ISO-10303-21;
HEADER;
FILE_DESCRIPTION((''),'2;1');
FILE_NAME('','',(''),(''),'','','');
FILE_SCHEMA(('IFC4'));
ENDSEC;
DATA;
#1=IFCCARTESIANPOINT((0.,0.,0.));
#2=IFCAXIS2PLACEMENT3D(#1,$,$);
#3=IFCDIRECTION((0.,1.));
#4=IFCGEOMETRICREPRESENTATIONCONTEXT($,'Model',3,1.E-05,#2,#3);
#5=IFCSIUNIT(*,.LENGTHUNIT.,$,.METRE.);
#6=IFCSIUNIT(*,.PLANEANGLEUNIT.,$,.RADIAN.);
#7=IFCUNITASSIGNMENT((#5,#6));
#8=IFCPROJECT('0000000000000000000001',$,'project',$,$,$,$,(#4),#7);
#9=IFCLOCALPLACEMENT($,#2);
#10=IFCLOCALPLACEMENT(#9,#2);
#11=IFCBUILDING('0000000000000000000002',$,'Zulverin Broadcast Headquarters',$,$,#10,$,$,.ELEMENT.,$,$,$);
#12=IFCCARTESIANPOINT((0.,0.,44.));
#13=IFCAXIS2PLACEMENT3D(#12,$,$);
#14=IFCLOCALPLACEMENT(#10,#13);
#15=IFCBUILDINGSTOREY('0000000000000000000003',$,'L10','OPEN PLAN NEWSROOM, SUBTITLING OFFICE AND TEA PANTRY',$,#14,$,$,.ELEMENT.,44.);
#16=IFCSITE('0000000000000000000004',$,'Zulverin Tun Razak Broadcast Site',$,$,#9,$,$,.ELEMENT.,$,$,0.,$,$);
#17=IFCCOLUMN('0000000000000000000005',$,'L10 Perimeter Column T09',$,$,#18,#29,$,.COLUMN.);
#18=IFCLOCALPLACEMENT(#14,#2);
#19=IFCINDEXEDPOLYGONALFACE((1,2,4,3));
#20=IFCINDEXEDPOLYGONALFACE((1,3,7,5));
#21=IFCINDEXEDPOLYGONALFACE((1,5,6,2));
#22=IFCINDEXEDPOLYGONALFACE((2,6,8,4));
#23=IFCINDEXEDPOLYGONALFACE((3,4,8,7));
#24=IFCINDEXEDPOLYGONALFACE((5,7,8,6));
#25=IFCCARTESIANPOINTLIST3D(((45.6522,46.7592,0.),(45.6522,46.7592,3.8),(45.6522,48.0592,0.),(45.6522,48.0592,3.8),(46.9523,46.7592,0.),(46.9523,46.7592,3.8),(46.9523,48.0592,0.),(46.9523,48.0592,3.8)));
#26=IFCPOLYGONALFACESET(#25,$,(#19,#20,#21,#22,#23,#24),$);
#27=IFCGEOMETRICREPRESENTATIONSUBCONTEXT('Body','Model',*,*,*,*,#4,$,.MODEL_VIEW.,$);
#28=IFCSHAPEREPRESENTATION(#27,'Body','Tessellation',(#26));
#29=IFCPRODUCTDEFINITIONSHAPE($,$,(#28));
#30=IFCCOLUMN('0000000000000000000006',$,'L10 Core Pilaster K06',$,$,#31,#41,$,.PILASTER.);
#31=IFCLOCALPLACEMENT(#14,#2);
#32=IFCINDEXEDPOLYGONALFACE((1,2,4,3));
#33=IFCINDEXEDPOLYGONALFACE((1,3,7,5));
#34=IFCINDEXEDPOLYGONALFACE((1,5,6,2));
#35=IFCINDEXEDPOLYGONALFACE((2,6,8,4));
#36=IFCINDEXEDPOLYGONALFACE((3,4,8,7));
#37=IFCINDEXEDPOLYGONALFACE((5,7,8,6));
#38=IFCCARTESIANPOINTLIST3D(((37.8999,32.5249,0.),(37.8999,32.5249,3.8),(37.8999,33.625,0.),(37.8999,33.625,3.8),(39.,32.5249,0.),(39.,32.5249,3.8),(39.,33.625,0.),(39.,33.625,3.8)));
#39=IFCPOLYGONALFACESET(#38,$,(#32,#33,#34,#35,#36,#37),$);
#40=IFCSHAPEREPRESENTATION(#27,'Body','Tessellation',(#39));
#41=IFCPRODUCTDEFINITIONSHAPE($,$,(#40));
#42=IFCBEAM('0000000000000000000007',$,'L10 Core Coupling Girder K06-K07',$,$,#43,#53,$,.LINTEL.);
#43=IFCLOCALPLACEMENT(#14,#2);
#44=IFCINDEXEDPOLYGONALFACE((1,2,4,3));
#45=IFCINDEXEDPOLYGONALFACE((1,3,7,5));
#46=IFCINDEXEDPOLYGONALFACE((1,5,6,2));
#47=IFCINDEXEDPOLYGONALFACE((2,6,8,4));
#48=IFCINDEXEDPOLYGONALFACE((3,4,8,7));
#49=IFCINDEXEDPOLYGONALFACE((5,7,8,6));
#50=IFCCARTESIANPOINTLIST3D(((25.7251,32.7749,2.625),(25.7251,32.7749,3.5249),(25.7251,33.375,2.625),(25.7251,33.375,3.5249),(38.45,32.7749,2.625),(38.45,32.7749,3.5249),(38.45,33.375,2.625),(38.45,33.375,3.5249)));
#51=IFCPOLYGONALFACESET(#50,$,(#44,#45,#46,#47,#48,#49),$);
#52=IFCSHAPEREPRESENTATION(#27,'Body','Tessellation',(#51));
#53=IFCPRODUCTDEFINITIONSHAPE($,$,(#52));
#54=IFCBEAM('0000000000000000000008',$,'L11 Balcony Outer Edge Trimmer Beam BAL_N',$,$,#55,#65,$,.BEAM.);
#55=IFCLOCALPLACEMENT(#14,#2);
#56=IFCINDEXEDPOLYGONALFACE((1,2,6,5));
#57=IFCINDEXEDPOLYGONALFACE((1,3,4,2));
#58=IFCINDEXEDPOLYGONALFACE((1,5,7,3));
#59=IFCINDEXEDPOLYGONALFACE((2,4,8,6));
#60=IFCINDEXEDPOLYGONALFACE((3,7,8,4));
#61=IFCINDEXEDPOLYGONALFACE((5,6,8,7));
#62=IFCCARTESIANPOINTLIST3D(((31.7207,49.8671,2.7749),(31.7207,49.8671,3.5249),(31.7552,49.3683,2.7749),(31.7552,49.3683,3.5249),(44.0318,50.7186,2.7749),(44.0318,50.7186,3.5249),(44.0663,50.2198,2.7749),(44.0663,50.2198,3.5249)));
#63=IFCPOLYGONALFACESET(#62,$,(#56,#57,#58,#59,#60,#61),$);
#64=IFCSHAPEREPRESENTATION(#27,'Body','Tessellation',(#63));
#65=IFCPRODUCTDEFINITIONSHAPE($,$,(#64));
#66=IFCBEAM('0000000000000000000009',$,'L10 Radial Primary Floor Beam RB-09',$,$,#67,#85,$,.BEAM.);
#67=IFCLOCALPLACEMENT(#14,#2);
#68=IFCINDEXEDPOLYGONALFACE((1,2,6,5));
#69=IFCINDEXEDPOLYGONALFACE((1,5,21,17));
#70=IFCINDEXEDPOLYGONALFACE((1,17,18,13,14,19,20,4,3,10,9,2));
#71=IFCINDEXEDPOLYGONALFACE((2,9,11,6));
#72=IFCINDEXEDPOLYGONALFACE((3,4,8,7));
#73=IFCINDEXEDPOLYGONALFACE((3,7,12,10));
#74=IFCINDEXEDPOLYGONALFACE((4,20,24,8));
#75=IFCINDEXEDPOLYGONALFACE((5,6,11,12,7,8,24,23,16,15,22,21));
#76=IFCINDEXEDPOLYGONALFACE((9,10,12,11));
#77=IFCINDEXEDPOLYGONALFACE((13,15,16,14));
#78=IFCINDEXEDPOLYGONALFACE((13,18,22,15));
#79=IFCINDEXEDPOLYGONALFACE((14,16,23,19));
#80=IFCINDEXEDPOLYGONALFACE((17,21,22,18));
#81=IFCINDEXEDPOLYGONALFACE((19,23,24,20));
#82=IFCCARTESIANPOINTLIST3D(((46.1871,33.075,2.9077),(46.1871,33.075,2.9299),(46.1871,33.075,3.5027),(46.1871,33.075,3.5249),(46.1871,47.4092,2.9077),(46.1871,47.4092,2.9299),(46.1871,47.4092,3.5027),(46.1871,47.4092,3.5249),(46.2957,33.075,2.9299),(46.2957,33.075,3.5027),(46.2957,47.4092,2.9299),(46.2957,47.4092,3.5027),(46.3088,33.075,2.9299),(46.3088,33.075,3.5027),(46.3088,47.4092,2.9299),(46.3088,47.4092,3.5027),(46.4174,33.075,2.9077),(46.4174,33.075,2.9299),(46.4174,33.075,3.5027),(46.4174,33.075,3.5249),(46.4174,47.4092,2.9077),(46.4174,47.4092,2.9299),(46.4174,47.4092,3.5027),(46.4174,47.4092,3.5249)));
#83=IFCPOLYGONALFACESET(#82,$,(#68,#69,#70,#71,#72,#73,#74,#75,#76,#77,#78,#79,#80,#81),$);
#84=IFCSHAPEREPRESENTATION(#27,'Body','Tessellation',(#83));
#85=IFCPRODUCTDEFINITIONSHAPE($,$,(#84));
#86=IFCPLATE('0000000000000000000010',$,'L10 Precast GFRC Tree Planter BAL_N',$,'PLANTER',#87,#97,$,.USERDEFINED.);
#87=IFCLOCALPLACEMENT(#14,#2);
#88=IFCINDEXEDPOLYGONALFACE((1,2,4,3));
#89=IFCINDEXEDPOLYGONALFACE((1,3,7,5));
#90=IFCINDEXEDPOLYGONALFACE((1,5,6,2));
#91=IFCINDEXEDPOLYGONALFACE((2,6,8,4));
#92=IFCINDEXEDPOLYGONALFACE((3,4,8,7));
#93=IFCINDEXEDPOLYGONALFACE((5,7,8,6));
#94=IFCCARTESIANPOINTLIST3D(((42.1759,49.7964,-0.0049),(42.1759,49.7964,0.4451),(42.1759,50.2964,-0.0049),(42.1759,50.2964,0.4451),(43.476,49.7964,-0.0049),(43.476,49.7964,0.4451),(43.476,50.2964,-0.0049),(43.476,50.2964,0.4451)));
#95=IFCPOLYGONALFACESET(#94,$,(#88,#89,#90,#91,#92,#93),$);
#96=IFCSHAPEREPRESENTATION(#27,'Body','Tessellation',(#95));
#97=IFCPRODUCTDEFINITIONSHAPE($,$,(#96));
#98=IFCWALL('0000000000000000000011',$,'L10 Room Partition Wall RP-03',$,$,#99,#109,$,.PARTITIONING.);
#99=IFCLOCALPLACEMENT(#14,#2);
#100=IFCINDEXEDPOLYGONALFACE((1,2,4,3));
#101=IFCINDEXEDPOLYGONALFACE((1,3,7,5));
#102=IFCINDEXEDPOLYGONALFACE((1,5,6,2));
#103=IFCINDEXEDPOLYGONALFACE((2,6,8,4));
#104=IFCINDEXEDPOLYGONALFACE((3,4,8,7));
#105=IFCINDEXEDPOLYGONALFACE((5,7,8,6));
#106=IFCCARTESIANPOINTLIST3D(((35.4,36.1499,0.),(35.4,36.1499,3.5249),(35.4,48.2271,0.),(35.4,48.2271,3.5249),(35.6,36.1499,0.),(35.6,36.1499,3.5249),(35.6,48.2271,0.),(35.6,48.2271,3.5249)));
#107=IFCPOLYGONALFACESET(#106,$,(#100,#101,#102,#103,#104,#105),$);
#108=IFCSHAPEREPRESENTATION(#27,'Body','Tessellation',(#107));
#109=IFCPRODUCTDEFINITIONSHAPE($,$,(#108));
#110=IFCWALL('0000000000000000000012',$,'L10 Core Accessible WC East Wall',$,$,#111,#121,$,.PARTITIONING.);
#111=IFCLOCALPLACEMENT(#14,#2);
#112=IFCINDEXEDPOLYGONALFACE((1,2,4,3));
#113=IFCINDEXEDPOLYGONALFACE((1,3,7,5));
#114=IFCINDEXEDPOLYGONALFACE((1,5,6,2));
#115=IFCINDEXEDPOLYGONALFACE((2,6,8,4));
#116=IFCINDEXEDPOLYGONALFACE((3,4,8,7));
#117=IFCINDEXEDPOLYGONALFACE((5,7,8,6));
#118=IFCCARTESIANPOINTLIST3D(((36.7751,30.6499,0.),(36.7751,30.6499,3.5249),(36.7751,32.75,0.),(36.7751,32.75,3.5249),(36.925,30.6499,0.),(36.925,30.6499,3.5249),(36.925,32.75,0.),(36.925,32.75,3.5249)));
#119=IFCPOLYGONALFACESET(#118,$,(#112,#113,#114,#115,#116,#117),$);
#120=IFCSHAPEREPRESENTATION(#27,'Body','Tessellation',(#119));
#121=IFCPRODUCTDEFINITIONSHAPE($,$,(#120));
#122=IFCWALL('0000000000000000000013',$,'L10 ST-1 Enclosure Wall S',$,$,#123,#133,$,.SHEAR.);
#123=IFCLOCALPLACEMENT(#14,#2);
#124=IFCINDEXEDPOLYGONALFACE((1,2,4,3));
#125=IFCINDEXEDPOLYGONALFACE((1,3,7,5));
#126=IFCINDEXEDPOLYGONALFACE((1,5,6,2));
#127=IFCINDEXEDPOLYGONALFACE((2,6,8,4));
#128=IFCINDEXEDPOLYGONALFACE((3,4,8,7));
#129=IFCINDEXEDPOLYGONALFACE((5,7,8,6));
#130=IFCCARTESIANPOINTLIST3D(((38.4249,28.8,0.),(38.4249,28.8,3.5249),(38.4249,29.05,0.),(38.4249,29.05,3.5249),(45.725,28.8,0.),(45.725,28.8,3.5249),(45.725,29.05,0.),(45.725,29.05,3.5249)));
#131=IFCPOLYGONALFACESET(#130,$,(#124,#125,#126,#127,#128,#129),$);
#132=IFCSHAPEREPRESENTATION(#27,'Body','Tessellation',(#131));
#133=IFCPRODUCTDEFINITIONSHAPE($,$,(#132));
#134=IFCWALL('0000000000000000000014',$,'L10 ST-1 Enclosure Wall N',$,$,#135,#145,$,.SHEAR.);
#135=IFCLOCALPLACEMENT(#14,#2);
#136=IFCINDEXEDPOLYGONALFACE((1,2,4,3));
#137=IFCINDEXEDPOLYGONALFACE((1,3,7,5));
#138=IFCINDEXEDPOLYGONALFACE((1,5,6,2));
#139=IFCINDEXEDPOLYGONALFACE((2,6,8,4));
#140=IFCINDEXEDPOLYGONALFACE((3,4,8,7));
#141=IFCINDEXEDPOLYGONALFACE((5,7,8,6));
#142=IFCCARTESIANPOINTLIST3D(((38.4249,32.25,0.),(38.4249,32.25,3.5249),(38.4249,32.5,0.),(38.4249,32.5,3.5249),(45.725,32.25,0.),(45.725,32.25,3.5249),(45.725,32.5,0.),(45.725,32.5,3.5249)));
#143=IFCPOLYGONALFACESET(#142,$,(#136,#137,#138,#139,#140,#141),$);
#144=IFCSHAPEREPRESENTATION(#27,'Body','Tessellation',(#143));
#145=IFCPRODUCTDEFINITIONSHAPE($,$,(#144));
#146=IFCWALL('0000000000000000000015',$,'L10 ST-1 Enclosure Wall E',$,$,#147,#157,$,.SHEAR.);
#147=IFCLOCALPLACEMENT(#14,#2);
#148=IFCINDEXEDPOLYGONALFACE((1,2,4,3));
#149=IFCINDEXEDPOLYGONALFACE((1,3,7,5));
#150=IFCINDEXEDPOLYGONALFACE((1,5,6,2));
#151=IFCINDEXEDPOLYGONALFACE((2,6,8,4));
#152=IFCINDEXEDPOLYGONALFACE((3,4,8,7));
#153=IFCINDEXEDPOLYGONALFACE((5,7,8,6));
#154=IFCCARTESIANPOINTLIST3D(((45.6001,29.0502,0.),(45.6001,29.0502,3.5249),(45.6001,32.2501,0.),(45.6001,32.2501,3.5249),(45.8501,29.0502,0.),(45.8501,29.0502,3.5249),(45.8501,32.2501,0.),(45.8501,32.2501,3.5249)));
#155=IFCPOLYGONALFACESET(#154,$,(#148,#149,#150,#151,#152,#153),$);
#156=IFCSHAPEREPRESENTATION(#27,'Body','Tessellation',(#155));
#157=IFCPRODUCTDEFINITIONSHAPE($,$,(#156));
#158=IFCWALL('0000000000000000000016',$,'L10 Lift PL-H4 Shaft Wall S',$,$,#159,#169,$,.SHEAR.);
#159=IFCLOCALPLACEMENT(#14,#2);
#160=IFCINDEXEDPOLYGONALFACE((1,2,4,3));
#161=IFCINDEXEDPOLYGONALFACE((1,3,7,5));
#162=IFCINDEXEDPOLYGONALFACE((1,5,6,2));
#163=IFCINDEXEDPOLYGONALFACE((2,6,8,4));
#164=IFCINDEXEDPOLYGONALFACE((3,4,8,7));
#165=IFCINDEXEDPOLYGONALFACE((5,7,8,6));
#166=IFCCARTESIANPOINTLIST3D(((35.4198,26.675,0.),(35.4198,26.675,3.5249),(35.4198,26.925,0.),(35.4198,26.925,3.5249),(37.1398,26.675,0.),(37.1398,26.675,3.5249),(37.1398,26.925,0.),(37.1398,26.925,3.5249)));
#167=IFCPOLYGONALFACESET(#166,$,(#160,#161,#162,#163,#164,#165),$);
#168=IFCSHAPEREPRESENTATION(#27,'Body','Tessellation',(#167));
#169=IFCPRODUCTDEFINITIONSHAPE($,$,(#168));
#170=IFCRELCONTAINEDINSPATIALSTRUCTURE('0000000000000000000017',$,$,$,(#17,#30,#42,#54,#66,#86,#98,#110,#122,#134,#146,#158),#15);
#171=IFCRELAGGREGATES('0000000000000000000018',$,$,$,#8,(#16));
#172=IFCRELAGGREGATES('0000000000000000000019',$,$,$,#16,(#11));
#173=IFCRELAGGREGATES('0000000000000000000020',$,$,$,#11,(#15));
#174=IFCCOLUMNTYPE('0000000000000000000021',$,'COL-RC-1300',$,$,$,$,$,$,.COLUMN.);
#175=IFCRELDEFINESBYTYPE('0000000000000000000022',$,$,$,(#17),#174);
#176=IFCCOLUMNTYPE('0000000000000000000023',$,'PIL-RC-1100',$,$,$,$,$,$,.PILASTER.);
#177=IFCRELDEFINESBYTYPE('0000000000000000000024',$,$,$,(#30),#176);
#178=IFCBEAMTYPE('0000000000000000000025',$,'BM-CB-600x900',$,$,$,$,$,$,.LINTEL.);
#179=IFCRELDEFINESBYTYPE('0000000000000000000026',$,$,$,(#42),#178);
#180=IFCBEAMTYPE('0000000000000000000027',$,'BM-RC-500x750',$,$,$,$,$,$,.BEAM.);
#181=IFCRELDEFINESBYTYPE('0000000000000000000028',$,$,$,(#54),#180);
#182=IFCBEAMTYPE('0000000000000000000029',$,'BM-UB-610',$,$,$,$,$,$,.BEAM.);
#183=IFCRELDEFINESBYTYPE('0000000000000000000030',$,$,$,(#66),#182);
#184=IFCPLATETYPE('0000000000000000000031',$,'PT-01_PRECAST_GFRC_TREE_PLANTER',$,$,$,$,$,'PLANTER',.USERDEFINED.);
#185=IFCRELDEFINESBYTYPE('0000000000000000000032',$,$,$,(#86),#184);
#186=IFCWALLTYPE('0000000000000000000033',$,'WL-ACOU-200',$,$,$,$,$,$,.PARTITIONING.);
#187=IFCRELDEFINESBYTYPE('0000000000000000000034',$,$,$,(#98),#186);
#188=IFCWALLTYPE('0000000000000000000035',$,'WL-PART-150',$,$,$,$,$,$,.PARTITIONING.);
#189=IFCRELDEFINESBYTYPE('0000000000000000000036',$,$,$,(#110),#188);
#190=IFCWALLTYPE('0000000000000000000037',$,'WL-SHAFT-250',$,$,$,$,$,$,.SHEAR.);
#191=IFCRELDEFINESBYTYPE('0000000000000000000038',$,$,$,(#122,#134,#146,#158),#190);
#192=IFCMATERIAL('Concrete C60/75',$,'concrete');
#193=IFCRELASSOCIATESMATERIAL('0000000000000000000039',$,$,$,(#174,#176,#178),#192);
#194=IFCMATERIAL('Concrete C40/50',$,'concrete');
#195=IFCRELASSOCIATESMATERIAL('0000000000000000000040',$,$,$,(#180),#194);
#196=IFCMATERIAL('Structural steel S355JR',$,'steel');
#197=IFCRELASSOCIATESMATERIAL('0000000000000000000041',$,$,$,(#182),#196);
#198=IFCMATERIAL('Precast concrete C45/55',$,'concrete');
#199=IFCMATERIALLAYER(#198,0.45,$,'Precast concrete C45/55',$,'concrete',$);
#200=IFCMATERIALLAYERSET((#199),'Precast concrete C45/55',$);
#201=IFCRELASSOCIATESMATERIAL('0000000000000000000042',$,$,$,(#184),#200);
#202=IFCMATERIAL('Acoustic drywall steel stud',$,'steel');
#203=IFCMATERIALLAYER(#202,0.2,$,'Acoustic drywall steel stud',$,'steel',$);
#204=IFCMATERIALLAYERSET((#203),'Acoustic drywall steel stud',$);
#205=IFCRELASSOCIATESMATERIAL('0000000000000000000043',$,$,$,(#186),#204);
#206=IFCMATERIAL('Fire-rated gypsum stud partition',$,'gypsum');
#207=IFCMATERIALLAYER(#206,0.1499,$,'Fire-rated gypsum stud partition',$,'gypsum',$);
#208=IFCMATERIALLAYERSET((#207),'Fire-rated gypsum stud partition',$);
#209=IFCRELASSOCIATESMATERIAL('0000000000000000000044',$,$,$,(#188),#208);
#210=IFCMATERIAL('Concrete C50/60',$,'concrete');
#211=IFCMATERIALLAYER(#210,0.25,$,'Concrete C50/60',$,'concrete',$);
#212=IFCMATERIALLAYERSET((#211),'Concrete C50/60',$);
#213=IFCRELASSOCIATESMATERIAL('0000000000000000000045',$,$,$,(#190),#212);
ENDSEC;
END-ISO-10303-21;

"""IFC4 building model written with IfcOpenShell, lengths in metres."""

from ifc_helpers import new_model, si_unit, direction, frame, frame_2d, origin, origin_2d, place, context, subcontext, project, spatial, rectangle, i_section, extrude, material, layer, layer_set, material_profile, profile_set, type_object, element, save


model = new_model("IFC4")

# Units and contexts
model_context = context("Model", 3, precision=1e-05, world=origin(), true_north=direction((0.0, 1.0)))
body_context = subcontext(model_context, "Body", "Model", "MODEL_VIEW")
ifc_project = project(units=[si_unit("LENGTHUNIT", "METRE"), si_unit("PLANEANGLEUNIT", "RADIAN")], contexts=[model_context])

# Site, building, storey
site_placement = place(None, origin())
site = spatial("IfcSite", under=ifc_project, at=site_placement, Name="Zulverin Tun Razak Broadcast Site", CompositionType="ELEMENT", RefElevation=0.0)
building_placement = place(site_placement, origin())
building = spatial("IfcBuilding", under=site, at=building_placement, Name="Zulverin Broadcast Headquarters", CompositionType="ELEMENT")
storey_placement = place(building_placement, frame((0.0, 0.0, 44.0)))
storey = spatial("IfcBuildingStorey", under=building, at=storey_placement, Name="L10", Description="OPEN PLAN NEWSROOM, SUBTITLING OFFICE AND TEA PANTRY", CompositionType="ELEMENT", Elevation=44.0)

# Columns
ifc_material_1 = material(Name="Concrete C60/75", Category="concrete")
ifc_material_profile_1 = material_profile(ifc_material_1, rectangle(XDim=1.3, YDim=1.3, at=origin_2d()), Name="Concrete C60/75", Category="concrete")
ifc_profile_set_1 = profile_set([ifc_material_profile_1], Name="Concrete C60/75")
column_type_1 = type_object("IfcColumnType", Name="COL-RC-1300", PredefinedType="COLUMN", material=ifc_profile_set_1)
column_1_placement = place(storey_placement, frame((46.3022, 47.4092, 0.0), z_axis=(0.0, 0.0, 1.0), x_axis=(1.0, 0.0, 0.0)))
element("IfcColumn", 1, at=column_1_placement, inside=storey, type_object=column_type_1, Name="L10 Perimeter Column T09", PredefinedType="COLUMN", context=body_context, shape_type="SweptSolid", body=[
    extrude(rectangle(XDim=1.3, YDim=1.3, at=origin_2d()), origin(), (0.0, 0.0, 1.0), 3.8),
])
ifc_material_profile_2 = material_profile(ifc_material_1, rectangle(XDim=1.1001, YDim=1.1001, at=origin_2d()), Name="Concrete C60/75", Category="concrete")
ifc_profile_set_2 = profile_set([ifc_material_profile_2], Name="Concrete C60/75")
column_type_2 = type_object("IfcColumnType", Name="PIL-RC-1100", PredefinedType="PILASTER", material=ifc_profile_set_2)
column_2_placement = place(storey_placement, frame((38.45, 33.075, 0.0), z_axis=(0.0, 0.0, 1.0), x_axis=(1.0, 0.0, 0.0)))
element("IfcColumn", 2, at=column_2_placement, inside=storey, type_object=column_type_2, Name="L10 Core Pilaster K06", PredefinedType="PILASTER", context=body_context, shape_type="SweptSolid", body=[
    extrude(rectangle(XDim=1.1001, YDim=1.1001, at=origin_2d()), origin(), (0.0, 0.0, 1.0), 3.8),
])

# Beams
ifc_material_profile_3 = material_profile(ifc_material_1, rectangle(XDim=0.6001, YDim=0.8999, at=origin_2d()), Name="Concrete C60/75", Category="concrete")
ifc_profile_set_3 = profile_set([ifc_material_profile_3], Name="Concrete C60/75")
beam_type_1 = type_object("IfcBeamType", Name="BM-CB-600x900", PredefinedType="LINTEL", material=ifc_profile_set_3)
beam_1_placement = place(storey_placement, frame((38.45, 33.075, 3.075), z_axis=(-1.0, 0.0, 0.0), x_axis=(0.0, -1.0, 0.0)))
element("IfcBeam", 3, at=beam_1_placement, inside=storey, type_object=beam_type_1, Name="L10 Core Coupling Girder K06-K07", PredefinedType="LINTEL", context=body_context, shape_type="SweptSolid", body=[
    extrude(rectangle(XDim=0.6001, YDim=0.8999, at=origin_2d()), origin(), (0.0, 0.0, 1.0), 12.7249),
])
ifc_material_2 = material(Name="Concrete C40/50", Category="concrete")
ifc_material_profile_4 = material_profile(ifc_material_2, rectangle(XDim=0.5, YDim=0.75, at=origin_2d()), Name="Concrete C40/50", Category="concrete")
ifc_profile_set_4 = profile_set([ifc_material_profile_4], Name="Concrete C40/50")
beam_type_2 = type_object("IfcBeamType", Name="BM-RC-500x750", PredefinedType="BEAM", material=ifc_profile_set_4)
beam_2_placement = place(storey_placement, frame((44.0491, 50.4692, 3.1499), z_axis=(-0.997616, -0.069004, 0.0), x_axis=(0.069004, -0.997616, 0.0)))
element("IfcBeam", 4, at=beam_2_placement, inside=storey, type_object=beam_type_2, Name="L11 Balcony Outer Edge Trimmer Beam BAL_N", PredefinedType="BEAM", context=body_context, shape_type="SweptSolid", body=[
    extrude(rectangle(XDim=0.5, YDim=0.75, at=origin_2d()), origin(), (0.0, 0.0, 1.0), 12.3406),
])
ifc_material_3 = material(Name="Structural steel S355JR", Category="steel")
ifc_material_profile_5 = material_profile(ifc_material_3, i_section(OverallWidth=0.2302, OverallDepth=0.6172, WebThickness=0.0132, FlangeThickness=0.0222, at=origin_2d()), Name="Structural steel S355JR", Category="steel")
ifc_profile_set_5 = profile_set([ifc_material_profile_5], Name="Structural steel S355JR")
beam_type_3 = type_object("IfcBeamType", Name="BM-UB-610", PredefinedType="BEAM", material=ifc_profile_set_5)
beam_3_placement = place(storey_placement, frame((46.3022, 33.075, 3.2163), z_axis=(0.0, 1.0, 0.0), x_axis=(-1.0, 0.0, 0.0)))
element("IfcBeam", 5, at=beam_3_placement, inside=storey, type_object=beam_type_3, Name="L10 Radial Primary Floor Beam RB-09", PredefinedType="BEAM", context=body_context, shape_type="SweptSolid", body=[
    extrude(i_section(OverallWidth=0.2302, OverallDepth=0.6172, WebThickness=0.0132, FlangeThickness=0.0222, at=origin_2d()), origin(), (0.0, 0.0, 1.0), 14.3342),
])

# Plate
ifc_material_4 = material(Name="Precast concrete C45/55", Category="concrete")
ifc_layer_1 = layer(ifc_material_4, 0.45, Name="Precast concrete C45/55", Category="concrete")
ifc_layer_set_1 = layer_set([ifc_layer_1], Name="Precast concrete C45/55")
plate_type = type_object("IfcPlateType", Name="PT-01_PRECAST_GFRC_TREE_PLANTER", ElementType="PLANTER", PredefinedType="USERDEFINED", material=ifc_layer_set_1)
plate_placement = place(storey_placement, frame((42.8259, 50.0464, -0.0049), z_axis=(0.0, 0.0, 1.0), x_axis=(1.0, 0.0, 0.0)))
element("IfcPlate", 6, at=plate_placement, inside=storey, type_object=plate_type, Name="L10 Precast GFRC Tree Planter BAL_N", ObjectType="PLANTER", PredefinedType="USERDEFINED", context=body_context, shape_type="SweptSolid", body=[
    extrude(rectangle(XDim=1.3, YDim=0.5, at=origin_2d()), origin(), (0.0, 0.0, 1.0), 0.45),
])

# Walls
ifc_material_5 = material(Name="Acoustic drywall steel stud", Category="steel")
ifc_layer_2 = layer(ifc_material_5, 0.2, Name="Acoustic drywall steel stud", Category="steel")
ifc_layer_set_2 = layer_set([ifc_layer_2], Name="Acoustic drywall steel stud")
wall_type_1 = type_object("IfcWallType", Name="WL-ACOU-200", PredefinedType="PARTITIONING", material=ifc_layer_set_2)
wall_1_placement = place(storey_placement, frame((35.5, 36.1499, 0.0), z_axis=(0.0, 0.0, 1.0), x_axis=(0.0, 1.0, 0.0)))
element("IfcWall", 7, at=wall_1_placement, inside=storey, type_object=wall_type_1, Name="L10 Room Partition Wall RP-03", PredefinedType="PARTITIONING", context=body_context, shape_type="SweptSolid", body=[
    extrude(rectangle(XDim=12.0771, YDim=0.2, at=frame_2d((6.0386, 0.0))), origin(), (0.0, 0.0, 1.0), 3.5249),
])
ifc_material_6 = material(Name="Fire-rated gypsum stud partition", Category="gypsum")
ifc_layer_3 = layer(ifc_material_6, 0.1499, Name="Fire-rated gypsum stud partition", Category="gypsum")
ifc_layer_set_3 = layer_set([ifc_layer_3], Name="Fire-rated gypsum stud partition")
wall_type_2 = type_object("IfcWallType", Name="WL-PART-150", PredefinedType="PARTITIONING", material=ifc_layer_set_3)
wall_2_placement = place(storey_placement, frame((36.8501, 30.6499, 0.0), z_axis=(0.0, 0.0, 1.0), x_axis=(0.0, 1.0, 0.0)))
element("IfcWall", 8, at=wall_2_placement, inside=storey, type_object=wall_type_2, Name="L10 Core Accessible WC East Wall", PredefinedType="PARTITIONING", context=body_context, shape_type="SweptSolid", body=[
    extrude(rectangle(XDim=2.1001, YDim=0.1499, at=frame_2d((1.05, 0.0))), origin(), (0.0, 0.0, 1.0), 3.5249),
])
ifc_material_7 = material(Name="Concrete C50/60", Category="concrete")
ifc_layer_4 = layer(ifc_material_7, 0.25, Name="Concrete C50/60", Category="concrete")
ifc_layer_set_4 = layer_set([ifc_layer_4], Name="Concrete C50/60")
wall_type_3 = type_object("IfcWallType", Name="WL-SHAFT-250", PredefinedType="SHEAR", material=ifc_layer_set_4)
for number, where, z_axis, x_axis, name in (
    (9, (38.425, 28.925, 0.0), (0.0, 0.0, 1.0), (1.0, 0.0, 0.0), "L10 ST-1 Enclosure Wall S"),
    (10, (38.425, 32.375, 0.0), (0.0, 0.0, 1.0), (1.0, 0.0, 0.0), "L10 ST-1 Enclosure Wall N"),
):
    element("IfcWall", number, at=place(storey_placement, frame(where, z_axis=z_axis, x_axis=x_axis)), inside=storey, type_object=wall_type_3, Name=name, PredefinedType="SHEAR", context=body_context, shape_type="SweptSolid", body=[
        extrude(rectangle(XDim=7.3, YDim=0.25, at=frame_2d((3.6499, 0.0))), origin(), (0.0, 0.0, 1.0), 3.5249),
    ])

# Walls
wall_3_placement = place(storey_placement, frame((45.7251, 29.05, 0.0), z_axis=(0.0, 0.0, 1.0), x_axis=(0.0, 1.0, 0.0)))
element("IfcWall", 11, at=wall_3_placement, inside=storey, type_object=wall_type_3, Name="L10 ST-1 Enclosure Wall E", PredefinedType="SHEAR", context=body_context, shape_type="SweptSolid", body=[
    extrude(rectangle(XDim=3.2, YDim=0.25, at=frame_2d((1.6001, 0.0))), origin(), (0.0, 0.0, 1.0), 3.5249),
])
for number, where, z_axis, x_axis, name in (
    (12, (35.4199, 26.8, 0.0), (0.0, 0.0, 1.0), (1.0, 0.0, 0.0), "L10 Lift PL-H4 Shaft Wall S"),
):
    element("IfcWall", number, at=place(storey_placement, frame(where, z_axis=z_axis, x_axis=x_axis)), inside=storey, type_object=wall_type_3, Name=name, PredefinedType="SHEAR", context=body_context, shape_type="SweptSolid", body=[
        extrude(rectangle(XDim=1.72, YDim=0.25, at=frame_2d((0.8599, 0.0))), origin(), (0.0, 0.0, 1.0), 3.5249),
    ])

save(model, "model.ifc")
